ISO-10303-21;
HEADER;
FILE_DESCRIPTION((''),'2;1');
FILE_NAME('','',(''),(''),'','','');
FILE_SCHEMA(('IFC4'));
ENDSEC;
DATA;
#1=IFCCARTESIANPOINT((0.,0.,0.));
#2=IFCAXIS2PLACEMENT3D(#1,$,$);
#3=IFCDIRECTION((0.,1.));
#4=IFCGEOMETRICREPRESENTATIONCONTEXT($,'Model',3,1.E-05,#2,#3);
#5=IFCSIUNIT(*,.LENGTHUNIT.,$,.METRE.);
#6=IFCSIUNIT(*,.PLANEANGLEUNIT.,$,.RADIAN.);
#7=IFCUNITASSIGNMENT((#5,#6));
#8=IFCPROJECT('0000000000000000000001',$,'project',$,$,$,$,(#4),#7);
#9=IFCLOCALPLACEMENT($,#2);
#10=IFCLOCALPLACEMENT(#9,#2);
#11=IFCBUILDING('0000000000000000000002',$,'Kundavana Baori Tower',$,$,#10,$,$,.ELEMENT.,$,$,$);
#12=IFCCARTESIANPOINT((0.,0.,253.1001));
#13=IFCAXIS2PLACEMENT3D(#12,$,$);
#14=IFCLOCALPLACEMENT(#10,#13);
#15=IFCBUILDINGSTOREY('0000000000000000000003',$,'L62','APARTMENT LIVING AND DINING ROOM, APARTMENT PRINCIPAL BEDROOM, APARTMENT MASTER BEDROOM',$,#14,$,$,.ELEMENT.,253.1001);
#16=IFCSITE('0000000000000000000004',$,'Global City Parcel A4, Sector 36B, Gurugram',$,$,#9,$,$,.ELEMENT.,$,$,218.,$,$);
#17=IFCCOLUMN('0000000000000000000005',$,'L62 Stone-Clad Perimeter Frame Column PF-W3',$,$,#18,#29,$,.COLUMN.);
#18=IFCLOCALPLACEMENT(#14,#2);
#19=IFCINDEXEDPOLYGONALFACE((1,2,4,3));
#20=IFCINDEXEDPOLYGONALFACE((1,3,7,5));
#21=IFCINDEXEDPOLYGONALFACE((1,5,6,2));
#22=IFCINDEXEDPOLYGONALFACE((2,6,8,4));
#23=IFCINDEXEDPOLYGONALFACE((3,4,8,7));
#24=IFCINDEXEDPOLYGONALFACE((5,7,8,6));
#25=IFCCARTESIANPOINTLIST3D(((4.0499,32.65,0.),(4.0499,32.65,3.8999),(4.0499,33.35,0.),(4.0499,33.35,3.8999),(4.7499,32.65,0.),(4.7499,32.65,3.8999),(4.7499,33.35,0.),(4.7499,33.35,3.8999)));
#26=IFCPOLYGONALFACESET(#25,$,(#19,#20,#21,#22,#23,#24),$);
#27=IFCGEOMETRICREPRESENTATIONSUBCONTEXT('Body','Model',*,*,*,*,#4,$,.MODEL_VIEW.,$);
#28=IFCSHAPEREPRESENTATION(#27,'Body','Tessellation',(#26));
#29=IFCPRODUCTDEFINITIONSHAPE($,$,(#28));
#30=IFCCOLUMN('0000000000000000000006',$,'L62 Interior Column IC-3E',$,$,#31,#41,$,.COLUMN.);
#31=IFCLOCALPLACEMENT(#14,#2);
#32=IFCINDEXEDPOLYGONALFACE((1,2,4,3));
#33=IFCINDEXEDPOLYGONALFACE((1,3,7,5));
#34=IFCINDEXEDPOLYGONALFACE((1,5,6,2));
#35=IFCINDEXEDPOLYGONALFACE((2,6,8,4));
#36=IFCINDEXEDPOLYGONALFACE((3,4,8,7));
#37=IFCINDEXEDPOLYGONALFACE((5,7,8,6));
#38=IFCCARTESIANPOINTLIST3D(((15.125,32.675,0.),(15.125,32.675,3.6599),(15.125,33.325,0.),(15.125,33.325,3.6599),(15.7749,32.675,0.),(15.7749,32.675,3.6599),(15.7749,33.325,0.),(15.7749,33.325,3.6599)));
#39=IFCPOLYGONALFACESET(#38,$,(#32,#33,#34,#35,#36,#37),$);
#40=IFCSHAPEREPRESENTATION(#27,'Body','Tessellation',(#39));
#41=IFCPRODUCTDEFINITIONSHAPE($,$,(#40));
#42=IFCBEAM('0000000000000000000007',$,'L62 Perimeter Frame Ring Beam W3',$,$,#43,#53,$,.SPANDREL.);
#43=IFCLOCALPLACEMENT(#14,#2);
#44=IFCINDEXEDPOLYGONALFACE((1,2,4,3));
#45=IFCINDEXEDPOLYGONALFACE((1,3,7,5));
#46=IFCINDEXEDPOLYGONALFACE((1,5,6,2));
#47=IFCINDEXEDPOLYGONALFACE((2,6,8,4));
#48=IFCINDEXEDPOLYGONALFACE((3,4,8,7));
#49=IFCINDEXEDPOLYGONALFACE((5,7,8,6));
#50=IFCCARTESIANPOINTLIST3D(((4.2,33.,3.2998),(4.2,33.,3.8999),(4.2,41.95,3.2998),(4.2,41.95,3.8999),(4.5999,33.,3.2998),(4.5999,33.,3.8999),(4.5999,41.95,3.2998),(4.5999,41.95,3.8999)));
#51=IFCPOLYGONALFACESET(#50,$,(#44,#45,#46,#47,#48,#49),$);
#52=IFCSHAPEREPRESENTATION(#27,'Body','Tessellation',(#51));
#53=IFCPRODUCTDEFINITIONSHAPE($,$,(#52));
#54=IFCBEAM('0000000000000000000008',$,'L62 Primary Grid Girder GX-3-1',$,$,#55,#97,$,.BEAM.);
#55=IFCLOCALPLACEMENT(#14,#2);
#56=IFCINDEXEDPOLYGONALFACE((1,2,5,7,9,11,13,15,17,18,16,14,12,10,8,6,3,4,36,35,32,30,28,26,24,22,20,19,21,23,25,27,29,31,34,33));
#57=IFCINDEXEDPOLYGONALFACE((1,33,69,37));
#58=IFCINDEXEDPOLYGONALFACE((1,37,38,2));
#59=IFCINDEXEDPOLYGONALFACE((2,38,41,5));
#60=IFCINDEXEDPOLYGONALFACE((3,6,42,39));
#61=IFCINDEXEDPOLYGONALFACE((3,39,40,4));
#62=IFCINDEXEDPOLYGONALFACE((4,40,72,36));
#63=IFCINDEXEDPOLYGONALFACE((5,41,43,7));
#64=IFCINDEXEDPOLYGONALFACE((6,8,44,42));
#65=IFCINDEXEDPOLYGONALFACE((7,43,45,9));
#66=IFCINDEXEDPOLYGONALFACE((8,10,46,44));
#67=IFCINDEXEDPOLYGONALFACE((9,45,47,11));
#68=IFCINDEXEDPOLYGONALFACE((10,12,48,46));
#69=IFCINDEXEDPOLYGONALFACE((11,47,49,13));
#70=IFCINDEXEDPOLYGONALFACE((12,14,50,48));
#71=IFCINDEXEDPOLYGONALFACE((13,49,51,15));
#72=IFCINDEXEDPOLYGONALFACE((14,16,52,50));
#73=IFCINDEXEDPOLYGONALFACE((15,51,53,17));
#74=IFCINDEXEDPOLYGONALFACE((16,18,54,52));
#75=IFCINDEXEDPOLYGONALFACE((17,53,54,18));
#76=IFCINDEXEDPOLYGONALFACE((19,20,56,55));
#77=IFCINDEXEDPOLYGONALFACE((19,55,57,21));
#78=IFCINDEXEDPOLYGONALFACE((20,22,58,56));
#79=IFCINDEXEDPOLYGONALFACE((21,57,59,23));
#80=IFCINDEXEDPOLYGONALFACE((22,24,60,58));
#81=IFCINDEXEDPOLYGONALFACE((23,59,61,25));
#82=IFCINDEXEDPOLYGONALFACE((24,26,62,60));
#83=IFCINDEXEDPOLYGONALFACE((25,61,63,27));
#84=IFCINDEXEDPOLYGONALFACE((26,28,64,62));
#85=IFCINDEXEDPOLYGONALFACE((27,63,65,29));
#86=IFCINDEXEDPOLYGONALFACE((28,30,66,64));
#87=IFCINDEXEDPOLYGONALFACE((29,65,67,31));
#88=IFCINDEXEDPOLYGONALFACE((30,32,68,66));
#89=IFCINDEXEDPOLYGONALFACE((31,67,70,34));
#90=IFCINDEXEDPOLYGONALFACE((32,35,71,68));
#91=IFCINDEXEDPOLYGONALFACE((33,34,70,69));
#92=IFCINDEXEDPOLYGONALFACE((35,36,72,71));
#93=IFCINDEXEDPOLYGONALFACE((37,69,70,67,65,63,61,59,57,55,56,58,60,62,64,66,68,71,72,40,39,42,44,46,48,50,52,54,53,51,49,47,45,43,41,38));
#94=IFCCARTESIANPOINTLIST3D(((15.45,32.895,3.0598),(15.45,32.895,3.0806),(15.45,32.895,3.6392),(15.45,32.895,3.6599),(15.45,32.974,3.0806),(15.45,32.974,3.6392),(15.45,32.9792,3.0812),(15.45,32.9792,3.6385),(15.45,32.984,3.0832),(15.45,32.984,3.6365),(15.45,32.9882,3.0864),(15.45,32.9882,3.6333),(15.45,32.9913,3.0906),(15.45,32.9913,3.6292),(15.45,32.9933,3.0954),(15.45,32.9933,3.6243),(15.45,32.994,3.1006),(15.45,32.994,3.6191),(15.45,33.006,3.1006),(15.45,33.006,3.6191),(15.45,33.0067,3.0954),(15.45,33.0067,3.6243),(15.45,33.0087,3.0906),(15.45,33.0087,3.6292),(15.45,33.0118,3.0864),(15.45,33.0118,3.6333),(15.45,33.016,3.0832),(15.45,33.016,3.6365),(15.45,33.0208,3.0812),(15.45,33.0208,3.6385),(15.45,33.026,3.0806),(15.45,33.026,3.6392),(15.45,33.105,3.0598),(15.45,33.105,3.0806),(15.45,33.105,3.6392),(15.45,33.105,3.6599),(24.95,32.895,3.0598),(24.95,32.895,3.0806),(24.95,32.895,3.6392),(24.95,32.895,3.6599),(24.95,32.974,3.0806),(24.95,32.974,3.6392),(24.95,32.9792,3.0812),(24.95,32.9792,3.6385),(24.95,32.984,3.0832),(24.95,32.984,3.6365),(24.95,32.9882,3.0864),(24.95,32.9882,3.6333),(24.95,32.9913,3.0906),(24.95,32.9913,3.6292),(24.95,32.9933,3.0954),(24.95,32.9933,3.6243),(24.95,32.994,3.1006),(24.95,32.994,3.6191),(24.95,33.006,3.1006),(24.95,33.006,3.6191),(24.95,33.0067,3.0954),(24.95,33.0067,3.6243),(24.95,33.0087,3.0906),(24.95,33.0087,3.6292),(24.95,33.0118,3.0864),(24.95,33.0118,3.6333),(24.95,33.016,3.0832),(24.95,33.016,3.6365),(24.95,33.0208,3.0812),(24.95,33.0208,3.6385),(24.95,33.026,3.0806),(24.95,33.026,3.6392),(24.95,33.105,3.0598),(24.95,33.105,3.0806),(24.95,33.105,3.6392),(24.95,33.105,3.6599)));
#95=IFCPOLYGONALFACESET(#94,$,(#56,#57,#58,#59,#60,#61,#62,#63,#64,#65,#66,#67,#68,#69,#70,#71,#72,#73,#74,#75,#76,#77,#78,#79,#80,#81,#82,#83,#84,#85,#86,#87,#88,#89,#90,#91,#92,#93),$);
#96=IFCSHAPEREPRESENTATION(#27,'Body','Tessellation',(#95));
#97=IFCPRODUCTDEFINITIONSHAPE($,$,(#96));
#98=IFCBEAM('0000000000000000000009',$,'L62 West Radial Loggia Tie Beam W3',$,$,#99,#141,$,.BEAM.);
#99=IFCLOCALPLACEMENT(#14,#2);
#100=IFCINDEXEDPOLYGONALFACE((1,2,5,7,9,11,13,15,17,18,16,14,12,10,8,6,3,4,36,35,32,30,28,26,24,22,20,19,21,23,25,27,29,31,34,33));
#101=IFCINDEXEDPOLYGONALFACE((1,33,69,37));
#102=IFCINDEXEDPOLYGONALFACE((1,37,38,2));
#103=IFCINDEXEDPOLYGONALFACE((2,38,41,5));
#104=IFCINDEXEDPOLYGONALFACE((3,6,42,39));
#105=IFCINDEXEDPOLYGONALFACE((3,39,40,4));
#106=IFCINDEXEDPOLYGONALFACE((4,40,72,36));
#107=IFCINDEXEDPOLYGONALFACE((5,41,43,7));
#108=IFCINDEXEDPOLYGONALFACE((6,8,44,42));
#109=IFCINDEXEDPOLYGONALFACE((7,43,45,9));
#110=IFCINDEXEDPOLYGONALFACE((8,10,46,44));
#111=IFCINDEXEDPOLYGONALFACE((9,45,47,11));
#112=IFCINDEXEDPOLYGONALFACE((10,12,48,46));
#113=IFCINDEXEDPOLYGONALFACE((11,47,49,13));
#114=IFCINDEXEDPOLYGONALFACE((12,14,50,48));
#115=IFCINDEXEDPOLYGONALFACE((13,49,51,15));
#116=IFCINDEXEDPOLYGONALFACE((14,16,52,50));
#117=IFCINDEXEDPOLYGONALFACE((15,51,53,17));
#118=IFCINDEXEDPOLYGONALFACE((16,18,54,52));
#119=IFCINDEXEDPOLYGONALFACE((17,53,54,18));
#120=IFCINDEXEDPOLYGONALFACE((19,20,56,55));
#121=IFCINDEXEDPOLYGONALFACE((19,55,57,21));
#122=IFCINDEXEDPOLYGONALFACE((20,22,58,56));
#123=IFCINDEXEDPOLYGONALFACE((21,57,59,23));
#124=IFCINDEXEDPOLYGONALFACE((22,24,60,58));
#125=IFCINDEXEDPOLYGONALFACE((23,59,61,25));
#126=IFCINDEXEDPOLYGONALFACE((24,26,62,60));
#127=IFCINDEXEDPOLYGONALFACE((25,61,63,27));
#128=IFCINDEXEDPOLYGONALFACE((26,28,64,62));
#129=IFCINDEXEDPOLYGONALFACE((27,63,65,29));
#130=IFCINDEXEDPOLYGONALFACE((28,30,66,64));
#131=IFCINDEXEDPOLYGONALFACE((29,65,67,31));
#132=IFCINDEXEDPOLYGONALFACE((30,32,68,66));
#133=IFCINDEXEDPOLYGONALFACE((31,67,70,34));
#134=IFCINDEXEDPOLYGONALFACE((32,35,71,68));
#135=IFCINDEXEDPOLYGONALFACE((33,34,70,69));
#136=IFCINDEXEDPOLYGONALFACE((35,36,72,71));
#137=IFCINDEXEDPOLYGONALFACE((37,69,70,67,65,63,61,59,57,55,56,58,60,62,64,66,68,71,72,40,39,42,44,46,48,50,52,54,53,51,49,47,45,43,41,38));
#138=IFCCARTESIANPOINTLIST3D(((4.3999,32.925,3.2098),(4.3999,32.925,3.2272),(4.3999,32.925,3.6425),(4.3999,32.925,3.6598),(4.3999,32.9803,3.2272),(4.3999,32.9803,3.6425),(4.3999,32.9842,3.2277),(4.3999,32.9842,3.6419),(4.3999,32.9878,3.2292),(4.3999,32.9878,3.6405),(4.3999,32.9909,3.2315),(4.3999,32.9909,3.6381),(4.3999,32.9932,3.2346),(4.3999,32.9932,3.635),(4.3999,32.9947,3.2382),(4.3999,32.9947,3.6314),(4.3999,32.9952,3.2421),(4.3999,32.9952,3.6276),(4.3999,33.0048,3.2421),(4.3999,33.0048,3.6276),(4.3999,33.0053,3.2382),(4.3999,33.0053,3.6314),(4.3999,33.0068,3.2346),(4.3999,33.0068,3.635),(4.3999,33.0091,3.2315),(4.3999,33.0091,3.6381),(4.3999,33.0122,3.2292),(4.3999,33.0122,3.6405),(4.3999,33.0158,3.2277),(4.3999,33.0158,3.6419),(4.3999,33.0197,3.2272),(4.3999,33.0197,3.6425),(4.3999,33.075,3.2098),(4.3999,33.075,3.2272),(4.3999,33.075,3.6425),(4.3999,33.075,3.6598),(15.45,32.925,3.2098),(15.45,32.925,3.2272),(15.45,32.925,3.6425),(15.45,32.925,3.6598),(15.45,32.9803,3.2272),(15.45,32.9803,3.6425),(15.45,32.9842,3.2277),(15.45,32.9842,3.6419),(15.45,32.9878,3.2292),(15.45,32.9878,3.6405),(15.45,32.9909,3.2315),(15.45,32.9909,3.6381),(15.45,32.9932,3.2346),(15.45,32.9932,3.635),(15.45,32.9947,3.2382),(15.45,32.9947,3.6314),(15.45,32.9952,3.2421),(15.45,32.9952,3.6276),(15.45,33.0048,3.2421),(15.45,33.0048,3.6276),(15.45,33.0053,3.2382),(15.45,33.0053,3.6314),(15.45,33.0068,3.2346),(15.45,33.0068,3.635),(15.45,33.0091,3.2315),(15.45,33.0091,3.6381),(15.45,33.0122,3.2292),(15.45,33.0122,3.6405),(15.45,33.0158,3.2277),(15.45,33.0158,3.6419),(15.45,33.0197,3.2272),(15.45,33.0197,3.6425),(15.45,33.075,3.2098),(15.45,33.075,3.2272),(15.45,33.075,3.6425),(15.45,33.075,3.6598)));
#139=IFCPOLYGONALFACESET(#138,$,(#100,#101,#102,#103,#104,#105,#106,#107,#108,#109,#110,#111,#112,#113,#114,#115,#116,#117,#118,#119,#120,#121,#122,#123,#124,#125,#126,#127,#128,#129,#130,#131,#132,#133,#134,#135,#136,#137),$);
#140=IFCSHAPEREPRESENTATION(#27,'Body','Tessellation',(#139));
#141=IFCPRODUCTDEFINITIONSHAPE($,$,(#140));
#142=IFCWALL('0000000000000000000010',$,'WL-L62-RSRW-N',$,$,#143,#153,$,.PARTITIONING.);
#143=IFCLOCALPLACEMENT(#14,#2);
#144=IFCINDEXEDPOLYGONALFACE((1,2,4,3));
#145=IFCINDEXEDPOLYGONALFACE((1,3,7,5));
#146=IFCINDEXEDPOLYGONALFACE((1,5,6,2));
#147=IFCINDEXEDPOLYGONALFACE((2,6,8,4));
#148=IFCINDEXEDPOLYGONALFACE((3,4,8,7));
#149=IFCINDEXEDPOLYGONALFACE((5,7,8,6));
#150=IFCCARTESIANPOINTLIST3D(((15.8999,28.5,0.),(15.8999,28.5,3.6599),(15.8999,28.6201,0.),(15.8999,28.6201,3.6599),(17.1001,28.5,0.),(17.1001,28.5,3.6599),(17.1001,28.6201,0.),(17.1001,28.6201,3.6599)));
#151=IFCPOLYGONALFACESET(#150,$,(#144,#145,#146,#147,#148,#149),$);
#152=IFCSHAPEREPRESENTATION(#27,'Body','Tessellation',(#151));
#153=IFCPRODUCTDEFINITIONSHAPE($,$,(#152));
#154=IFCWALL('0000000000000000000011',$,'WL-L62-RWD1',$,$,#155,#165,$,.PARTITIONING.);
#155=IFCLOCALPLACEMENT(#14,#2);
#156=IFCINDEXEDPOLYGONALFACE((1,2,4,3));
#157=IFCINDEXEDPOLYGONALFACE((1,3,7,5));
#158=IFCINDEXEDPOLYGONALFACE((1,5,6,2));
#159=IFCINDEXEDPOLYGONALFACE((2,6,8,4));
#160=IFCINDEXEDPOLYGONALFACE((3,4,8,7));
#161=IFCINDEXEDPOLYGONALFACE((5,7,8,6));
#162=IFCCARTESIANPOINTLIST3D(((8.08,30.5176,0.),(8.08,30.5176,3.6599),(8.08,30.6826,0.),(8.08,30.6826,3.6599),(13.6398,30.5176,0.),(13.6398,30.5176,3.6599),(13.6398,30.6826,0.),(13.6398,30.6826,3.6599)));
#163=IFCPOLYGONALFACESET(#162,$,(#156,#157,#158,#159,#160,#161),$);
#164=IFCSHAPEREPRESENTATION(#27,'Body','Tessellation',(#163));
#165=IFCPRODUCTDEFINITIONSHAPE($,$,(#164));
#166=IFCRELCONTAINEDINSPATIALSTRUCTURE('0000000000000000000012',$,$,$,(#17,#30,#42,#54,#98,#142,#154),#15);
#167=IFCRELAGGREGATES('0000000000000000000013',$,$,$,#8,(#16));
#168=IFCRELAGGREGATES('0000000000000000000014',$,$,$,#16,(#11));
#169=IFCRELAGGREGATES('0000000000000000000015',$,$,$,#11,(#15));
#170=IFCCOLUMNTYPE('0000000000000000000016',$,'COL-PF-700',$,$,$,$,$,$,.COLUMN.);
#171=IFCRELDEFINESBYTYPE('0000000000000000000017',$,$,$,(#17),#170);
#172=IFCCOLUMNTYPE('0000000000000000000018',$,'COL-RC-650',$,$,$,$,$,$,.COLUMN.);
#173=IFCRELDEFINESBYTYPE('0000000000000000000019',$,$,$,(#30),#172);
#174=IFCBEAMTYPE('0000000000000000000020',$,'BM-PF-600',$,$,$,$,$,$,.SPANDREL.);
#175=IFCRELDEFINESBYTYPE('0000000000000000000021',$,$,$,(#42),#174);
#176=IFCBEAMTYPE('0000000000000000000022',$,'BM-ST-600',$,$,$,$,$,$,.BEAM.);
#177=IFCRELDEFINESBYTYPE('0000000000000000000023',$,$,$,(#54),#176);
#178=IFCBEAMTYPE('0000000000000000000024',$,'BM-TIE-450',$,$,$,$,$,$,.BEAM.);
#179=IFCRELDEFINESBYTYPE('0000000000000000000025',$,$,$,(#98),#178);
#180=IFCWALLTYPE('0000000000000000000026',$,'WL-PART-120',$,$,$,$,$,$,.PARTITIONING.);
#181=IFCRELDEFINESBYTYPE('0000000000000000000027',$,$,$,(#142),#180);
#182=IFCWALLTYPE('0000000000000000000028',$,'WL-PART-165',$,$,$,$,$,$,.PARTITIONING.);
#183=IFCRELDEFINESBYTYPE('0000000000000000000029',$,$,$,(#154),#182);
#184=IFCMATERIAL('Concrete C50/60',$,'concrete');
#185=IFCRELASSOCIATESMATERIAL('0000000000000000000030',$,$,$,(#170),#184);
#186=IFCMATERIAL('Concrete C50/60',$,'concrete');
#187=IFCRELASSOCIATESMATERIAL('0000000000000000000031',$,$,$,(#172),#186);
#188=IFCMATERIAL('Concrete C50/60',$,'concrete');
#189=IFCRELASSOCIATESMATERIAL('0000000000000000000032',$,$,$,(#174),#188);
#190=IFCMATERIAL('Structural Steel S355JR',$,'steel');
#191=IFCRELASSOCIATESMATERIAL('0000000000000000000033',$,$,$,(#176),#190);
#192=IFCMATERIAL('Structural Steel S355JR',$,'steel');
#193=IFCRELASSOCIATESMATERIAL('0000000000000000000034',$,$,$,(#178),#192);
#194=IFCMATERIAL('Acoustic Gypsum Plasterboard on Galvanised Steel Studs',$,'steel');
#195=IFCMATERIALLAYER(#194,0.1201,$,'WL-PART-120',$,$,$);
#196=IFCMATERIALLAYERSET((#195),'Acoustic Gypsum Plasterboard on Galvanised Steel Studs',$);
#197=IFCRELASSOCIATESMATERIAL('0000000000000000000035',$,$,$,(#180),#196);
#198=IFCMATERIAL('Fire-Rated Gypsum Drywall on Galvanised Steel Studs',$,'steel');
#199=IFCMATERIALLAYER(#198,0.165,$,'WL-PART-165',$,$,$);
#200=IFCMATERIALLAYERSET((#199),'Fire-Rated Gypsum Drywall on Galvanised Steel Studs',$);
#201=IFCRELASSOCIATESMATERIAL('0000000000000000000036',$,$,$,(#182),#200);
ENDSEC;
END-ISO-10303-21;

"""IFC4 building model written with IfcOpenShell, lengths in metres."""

from ifc_helpers import new_model, si_unit, direction, frame, frame_2d, origin, origin_2d, place, context, subcontext, project, spatial, rectangle, i_section, extrude, material, layer, layer_set, material_profile, profile_set, type_object, element, save


model = new_model("IFC4")

# Units and contexts
model_context = context("Model", 3, precision=1e-05, world=origin(), true_north=direction((0.0, 1.0)))
body_context = subcontext(model_context, "Body", "Model", "MODEL_VIEW")
ifc_project = project(units=[si_unit("LENGTHUNIT", "METRE"), si_unit("PLANEANGLEUNIT", "RADIAN")], contexts=[model_context])

# Site, building, storey
site_placement = place(None, origin())
site = spatial("IfcSite", under=ifc_project, at=site_placement, Name="Global City Parcel A4, Sector 36B, Gurugram", CompositionType="ELEMENT", RefElevation=218.0)
building_placement = place(site_placement, origin())
building = spatial("IfcBuilding", under=site, at=building_placement, Name="Kundavana Baori Tower", CompositionType="ELEMENT")
storey_placement = place(building_placement, frame((0.0, 0.0, 253.1001)))
storey = spatial("IfcBuildingStorey", under=building, at=storey_placement, Name="L62", Description="APARTMENT LIVING AND DINING ROOM, APARTMENT PRINCIPAL BEDROOM, APARTMENT MASTER BEDROOM", CompositionType="ELEMENT", Elevation=253.1001)

# Columns
ifc_material_1 = material(Name="Concrete C50/60", Category="concrete")
ifc_material_profile_1 = material_profile(ifc_material_1, rectangle(XDim=0.7, YDim=0.7, at=origin_2d()), Name="RC PF 700x700")
ifc_profile_set_1 = profile_set([ifc_material_profile_1], Name="Concrete C50/60")
column_type_1 = type_object("IfcColumnType", Name="COL-PF-700", PredefinedType="COLUMN", material=ifc_profile_set_1)
column_1_placement = place(storey_placement, frame((4.3999, 33.0, 0.0), z_axis=(0.0, 0.0, 1.0), x_axis=(1.0, 0.0, 0.0)))
element("IfcColumn", 1, at=column_1_placement, inside=storey, type_object=column_type_1, Name="L62 Stone-Clad Perimeter Frame Column PF-W3", PredefinedType="COLUMN", context=body_context, shape_type="SweptSolid", body=[
    extrude(rectangle(XDim=0.7, YDim=0.7, at=origin_2d()), origin(), (0.0, 0.0, 1.0), 3.8999),
])
ifc_material_2 = material(Name="Concrete C50/60", Category="concrete")
ifc_material_profile_2 = material_profile(ifc_material_2, rectangle(XDim=0.6499, YDim=0.6499, at=origin_2d()), Name="RC 650x650")
ifc_profile_set_2 = profile_set([ifc_material_profile_2], Name="Concrete C50/60")
column_type_2 = type_object("IfcColumnType", Name="COL-RC-650", PredefinedType="COLUMN", material=ifc_profile_set_2)
column_2_placement = place(storey_placement, frame((15.45, 33.0, 0.0), z_axis=(0.0, 0.0, 1.0), x_axis=(1.0, 0.0, 0.0)))
element("IfcColumn", 2, at=column_2_placement, inside=storey, type_object=column_type_2, Name="L62 Interior Column IC-3E", PredefinedType="COLUMN", context=body_context, shape_type="SweptSolid", body=[
    extrude(rectangle(XDim=0.6499, YDim=0.6499, at=origin_2d()), origin(), (0.0, 0.0, 1.0), 3.6599),
])

# Beams
ifc_material_3 = material(Name="Concrete C50/60", Category="concrete")
ifc_material_profile_3 = material_profile(ifc_material_3, rectangle(XDim=0.3999, YDim=0.6001, at=origin_2d()), Name="RC BM 400x600")
ifc_profile_set_3 = profile_set([ifc_material_profile_3], Name="Concrete C50/60")
beam_type_1 = type_object("IfcBeamType", Name="BM-PF-600", PredefinedType="SPANDREL", material=ifc_profile_set_3)
beam_1_placement = place(storey_placement, frame((4.3999, 33.0, 3.5999), z_axis=(0.0, 1.0, 0.0), x_axis=(-1.0, 0.0, 0.0)))
element("IfcBeam", 3, at=beam_1_placement, inside=storey, type_object=beam_type_1, Name="L62 Perimeter Frame Ring Beam W3", PredefinedType="SPANDREL", context=body_context, shape_type="SweptSolid", body=[
    extrude(rectangle(XDim=0.3999, YDim=0.6001, at=origin_2d()), origin(), (0.0, 0.0, 1.0), 8.95),
])
ifc_material_4 = material(Name="Structural Steel S355JR", Category="steel")
ifc_material_profile_4 = material_profile(ifc_material_4, i_section(OverallWidth=0.21, OverallDepth=0.6001, WebThickness=0.012, FlangeThickness=0.0208, FilletRadius=0.02, at=origin_2d()), Name="ISMB 600")
ifc_profile_set_4 = profile_set([ifc_material_profile_4], Name="Structural Steel S355JR")
beam_type_2 = type_object("IfcBeamType", Name="BM-ST-600", PredefinedType="BEAM", material=ifc_profile_set_4)
beam_2_placement = place(storey_placement, frame((15.45, 33.0, 3.3599), z_axis=(1.0, 0.0, 0.0), x_axis=(0.0, 1.0, 0.0)))
element("IfcBeam", 4, at=beam_2_placement, inside=storey, type_object=beam_type_2, Name="L62 Primary Grid Girder GX-3-1", PredefinedType="BEAM", context=body_context, shape_type="SweptSolid", body=[
    extrude(i_section(OverallWidth=0.21, OverallDepth=0.6001, WebThickness=0.012, FlangeThickness=0.0208, FilletRadius=0.02, at=origin_2d()), origin(), (0.0, 0.0, 1.0), 9.5),
])
ifc_material_5 = material(Name="Structural Steel S355JR", Category="steel")
ifc_material_profile_5 = material_profile(ifc_material_5, i_section(OverallWidth=0.1499, OverallDepth=0.45, WebThickness=0.0095, FlangeThickness=0.0173, FilletRadius=0.0149, at=origin_2d()), Name="ISMB 450")
ifc_profile_set_5 = profile_set([ifc_material_profile_5], Name="Structural Steel S355JR")
beam_type_3 = type_object("IfcBeamType", Name="BM-TIE-450", PredefinedType="BEAM", material=ifc_profile_set_5)
beam_3_placement = place(storey_placement, frame((15.45, 33.0, 3.4348), z_axis=(-1.0, 0.0, 0.0), x_axis=(0.0, -1.0, 0.0)))
element("IfcBeam", 5, at=beam_3_placement, inside=storey, type_object=beam_type_3, Name="L62 West Radial Loggia Tie Beam W3", PredefinedType="BEAM", context=body_context, shape_type="SweptSolid", body=[
    extrude(i_section(OverallWidth=0.1499, OverallDepth=0.45, WebThickness=0.0095, FlangeThickness=0.0173, FilletRadius=0.0149, at=origin_2d()), origin(), (0.0, 0.0, 1.0), 11.05),
])

# Walls
ifc_material_6 = material(Name="Acoustic Gypsum Plasterboard on Galvanised Steel Studs", Category="steel")
ifc_layer_1 = layer(ifc_material_6, 0.1201, Name="WL-PART-120")
ifc_layer_set_1 = layer_set([ifc_layer_1], Name="Acoustic Gypsum Plasterboard on Galvanised Steel Studs")
wall_type_1 = type_object("IfcWallType", Name="WL-PART-120", PredefinedType="PARTITIONING", material=ifc_layer_set_1)
wall_1_placement = place(storey_placement, frame((15.8999, 28.5601, 0.0), z_axis=(0.0, 0.0, 1.0), x_axis=(1.0, 0.0, 0.0)))
element("IfcWall", 6, at=wall_1_placement, inside=storey, type_object=wall_type_1, Name="WL-L62-RSRW-N", PredefinedType="PARTITIONING", context=body_context, shape_type="SweptSolid", body=[
    extrude(rectangle(XDim=1.2002, YDim=0.1201, at=frame_2d((0.6001, 0.0))), origin(), (0.0, 0.0, 1.0), 3.6599),
])
ifc_material_7 = material(Name="Fire-Rated Gypsum Drywall on Galvanised Steel Studs", Category="steel")
ifc_layer_2 = layer(ifc_material_7, 0.165, Name="WL-PART-165")
ifc_layer_set_2 = layer_set([ifc_layer_2], Name="Fire-Rated Gypsum Drywall on Galvanised Steel Studs")
wall_type_2 = type_object("IfcWallType", Name="WL-PART-165", PredefinedType="PARTITIONING", material=ifc_layer_set_2)
wall_2_placement = place(storey_placement, frame((8.0801, 30.6001, 0.0), z_axis=(0.0, 0.0, 1.0), x_axis=(1.0, 0.0, 0.0)))
element("IfcWall", 7, at=wall_2_placement, inside=storey, type_object=wall_type_2, Name="WL-L62-RWD1", PredefinedType="PARTITIONING", context=body_context, shape_type="SweptSolid", body=[
    extrude(rectangle(XDim=5.5598, YDim=0.165, at=frame_2d((2.7798, 0.0))), origin(), (0.0, 0.0, 1.0), 3.6599),
])

save(model, "model.ifc")
